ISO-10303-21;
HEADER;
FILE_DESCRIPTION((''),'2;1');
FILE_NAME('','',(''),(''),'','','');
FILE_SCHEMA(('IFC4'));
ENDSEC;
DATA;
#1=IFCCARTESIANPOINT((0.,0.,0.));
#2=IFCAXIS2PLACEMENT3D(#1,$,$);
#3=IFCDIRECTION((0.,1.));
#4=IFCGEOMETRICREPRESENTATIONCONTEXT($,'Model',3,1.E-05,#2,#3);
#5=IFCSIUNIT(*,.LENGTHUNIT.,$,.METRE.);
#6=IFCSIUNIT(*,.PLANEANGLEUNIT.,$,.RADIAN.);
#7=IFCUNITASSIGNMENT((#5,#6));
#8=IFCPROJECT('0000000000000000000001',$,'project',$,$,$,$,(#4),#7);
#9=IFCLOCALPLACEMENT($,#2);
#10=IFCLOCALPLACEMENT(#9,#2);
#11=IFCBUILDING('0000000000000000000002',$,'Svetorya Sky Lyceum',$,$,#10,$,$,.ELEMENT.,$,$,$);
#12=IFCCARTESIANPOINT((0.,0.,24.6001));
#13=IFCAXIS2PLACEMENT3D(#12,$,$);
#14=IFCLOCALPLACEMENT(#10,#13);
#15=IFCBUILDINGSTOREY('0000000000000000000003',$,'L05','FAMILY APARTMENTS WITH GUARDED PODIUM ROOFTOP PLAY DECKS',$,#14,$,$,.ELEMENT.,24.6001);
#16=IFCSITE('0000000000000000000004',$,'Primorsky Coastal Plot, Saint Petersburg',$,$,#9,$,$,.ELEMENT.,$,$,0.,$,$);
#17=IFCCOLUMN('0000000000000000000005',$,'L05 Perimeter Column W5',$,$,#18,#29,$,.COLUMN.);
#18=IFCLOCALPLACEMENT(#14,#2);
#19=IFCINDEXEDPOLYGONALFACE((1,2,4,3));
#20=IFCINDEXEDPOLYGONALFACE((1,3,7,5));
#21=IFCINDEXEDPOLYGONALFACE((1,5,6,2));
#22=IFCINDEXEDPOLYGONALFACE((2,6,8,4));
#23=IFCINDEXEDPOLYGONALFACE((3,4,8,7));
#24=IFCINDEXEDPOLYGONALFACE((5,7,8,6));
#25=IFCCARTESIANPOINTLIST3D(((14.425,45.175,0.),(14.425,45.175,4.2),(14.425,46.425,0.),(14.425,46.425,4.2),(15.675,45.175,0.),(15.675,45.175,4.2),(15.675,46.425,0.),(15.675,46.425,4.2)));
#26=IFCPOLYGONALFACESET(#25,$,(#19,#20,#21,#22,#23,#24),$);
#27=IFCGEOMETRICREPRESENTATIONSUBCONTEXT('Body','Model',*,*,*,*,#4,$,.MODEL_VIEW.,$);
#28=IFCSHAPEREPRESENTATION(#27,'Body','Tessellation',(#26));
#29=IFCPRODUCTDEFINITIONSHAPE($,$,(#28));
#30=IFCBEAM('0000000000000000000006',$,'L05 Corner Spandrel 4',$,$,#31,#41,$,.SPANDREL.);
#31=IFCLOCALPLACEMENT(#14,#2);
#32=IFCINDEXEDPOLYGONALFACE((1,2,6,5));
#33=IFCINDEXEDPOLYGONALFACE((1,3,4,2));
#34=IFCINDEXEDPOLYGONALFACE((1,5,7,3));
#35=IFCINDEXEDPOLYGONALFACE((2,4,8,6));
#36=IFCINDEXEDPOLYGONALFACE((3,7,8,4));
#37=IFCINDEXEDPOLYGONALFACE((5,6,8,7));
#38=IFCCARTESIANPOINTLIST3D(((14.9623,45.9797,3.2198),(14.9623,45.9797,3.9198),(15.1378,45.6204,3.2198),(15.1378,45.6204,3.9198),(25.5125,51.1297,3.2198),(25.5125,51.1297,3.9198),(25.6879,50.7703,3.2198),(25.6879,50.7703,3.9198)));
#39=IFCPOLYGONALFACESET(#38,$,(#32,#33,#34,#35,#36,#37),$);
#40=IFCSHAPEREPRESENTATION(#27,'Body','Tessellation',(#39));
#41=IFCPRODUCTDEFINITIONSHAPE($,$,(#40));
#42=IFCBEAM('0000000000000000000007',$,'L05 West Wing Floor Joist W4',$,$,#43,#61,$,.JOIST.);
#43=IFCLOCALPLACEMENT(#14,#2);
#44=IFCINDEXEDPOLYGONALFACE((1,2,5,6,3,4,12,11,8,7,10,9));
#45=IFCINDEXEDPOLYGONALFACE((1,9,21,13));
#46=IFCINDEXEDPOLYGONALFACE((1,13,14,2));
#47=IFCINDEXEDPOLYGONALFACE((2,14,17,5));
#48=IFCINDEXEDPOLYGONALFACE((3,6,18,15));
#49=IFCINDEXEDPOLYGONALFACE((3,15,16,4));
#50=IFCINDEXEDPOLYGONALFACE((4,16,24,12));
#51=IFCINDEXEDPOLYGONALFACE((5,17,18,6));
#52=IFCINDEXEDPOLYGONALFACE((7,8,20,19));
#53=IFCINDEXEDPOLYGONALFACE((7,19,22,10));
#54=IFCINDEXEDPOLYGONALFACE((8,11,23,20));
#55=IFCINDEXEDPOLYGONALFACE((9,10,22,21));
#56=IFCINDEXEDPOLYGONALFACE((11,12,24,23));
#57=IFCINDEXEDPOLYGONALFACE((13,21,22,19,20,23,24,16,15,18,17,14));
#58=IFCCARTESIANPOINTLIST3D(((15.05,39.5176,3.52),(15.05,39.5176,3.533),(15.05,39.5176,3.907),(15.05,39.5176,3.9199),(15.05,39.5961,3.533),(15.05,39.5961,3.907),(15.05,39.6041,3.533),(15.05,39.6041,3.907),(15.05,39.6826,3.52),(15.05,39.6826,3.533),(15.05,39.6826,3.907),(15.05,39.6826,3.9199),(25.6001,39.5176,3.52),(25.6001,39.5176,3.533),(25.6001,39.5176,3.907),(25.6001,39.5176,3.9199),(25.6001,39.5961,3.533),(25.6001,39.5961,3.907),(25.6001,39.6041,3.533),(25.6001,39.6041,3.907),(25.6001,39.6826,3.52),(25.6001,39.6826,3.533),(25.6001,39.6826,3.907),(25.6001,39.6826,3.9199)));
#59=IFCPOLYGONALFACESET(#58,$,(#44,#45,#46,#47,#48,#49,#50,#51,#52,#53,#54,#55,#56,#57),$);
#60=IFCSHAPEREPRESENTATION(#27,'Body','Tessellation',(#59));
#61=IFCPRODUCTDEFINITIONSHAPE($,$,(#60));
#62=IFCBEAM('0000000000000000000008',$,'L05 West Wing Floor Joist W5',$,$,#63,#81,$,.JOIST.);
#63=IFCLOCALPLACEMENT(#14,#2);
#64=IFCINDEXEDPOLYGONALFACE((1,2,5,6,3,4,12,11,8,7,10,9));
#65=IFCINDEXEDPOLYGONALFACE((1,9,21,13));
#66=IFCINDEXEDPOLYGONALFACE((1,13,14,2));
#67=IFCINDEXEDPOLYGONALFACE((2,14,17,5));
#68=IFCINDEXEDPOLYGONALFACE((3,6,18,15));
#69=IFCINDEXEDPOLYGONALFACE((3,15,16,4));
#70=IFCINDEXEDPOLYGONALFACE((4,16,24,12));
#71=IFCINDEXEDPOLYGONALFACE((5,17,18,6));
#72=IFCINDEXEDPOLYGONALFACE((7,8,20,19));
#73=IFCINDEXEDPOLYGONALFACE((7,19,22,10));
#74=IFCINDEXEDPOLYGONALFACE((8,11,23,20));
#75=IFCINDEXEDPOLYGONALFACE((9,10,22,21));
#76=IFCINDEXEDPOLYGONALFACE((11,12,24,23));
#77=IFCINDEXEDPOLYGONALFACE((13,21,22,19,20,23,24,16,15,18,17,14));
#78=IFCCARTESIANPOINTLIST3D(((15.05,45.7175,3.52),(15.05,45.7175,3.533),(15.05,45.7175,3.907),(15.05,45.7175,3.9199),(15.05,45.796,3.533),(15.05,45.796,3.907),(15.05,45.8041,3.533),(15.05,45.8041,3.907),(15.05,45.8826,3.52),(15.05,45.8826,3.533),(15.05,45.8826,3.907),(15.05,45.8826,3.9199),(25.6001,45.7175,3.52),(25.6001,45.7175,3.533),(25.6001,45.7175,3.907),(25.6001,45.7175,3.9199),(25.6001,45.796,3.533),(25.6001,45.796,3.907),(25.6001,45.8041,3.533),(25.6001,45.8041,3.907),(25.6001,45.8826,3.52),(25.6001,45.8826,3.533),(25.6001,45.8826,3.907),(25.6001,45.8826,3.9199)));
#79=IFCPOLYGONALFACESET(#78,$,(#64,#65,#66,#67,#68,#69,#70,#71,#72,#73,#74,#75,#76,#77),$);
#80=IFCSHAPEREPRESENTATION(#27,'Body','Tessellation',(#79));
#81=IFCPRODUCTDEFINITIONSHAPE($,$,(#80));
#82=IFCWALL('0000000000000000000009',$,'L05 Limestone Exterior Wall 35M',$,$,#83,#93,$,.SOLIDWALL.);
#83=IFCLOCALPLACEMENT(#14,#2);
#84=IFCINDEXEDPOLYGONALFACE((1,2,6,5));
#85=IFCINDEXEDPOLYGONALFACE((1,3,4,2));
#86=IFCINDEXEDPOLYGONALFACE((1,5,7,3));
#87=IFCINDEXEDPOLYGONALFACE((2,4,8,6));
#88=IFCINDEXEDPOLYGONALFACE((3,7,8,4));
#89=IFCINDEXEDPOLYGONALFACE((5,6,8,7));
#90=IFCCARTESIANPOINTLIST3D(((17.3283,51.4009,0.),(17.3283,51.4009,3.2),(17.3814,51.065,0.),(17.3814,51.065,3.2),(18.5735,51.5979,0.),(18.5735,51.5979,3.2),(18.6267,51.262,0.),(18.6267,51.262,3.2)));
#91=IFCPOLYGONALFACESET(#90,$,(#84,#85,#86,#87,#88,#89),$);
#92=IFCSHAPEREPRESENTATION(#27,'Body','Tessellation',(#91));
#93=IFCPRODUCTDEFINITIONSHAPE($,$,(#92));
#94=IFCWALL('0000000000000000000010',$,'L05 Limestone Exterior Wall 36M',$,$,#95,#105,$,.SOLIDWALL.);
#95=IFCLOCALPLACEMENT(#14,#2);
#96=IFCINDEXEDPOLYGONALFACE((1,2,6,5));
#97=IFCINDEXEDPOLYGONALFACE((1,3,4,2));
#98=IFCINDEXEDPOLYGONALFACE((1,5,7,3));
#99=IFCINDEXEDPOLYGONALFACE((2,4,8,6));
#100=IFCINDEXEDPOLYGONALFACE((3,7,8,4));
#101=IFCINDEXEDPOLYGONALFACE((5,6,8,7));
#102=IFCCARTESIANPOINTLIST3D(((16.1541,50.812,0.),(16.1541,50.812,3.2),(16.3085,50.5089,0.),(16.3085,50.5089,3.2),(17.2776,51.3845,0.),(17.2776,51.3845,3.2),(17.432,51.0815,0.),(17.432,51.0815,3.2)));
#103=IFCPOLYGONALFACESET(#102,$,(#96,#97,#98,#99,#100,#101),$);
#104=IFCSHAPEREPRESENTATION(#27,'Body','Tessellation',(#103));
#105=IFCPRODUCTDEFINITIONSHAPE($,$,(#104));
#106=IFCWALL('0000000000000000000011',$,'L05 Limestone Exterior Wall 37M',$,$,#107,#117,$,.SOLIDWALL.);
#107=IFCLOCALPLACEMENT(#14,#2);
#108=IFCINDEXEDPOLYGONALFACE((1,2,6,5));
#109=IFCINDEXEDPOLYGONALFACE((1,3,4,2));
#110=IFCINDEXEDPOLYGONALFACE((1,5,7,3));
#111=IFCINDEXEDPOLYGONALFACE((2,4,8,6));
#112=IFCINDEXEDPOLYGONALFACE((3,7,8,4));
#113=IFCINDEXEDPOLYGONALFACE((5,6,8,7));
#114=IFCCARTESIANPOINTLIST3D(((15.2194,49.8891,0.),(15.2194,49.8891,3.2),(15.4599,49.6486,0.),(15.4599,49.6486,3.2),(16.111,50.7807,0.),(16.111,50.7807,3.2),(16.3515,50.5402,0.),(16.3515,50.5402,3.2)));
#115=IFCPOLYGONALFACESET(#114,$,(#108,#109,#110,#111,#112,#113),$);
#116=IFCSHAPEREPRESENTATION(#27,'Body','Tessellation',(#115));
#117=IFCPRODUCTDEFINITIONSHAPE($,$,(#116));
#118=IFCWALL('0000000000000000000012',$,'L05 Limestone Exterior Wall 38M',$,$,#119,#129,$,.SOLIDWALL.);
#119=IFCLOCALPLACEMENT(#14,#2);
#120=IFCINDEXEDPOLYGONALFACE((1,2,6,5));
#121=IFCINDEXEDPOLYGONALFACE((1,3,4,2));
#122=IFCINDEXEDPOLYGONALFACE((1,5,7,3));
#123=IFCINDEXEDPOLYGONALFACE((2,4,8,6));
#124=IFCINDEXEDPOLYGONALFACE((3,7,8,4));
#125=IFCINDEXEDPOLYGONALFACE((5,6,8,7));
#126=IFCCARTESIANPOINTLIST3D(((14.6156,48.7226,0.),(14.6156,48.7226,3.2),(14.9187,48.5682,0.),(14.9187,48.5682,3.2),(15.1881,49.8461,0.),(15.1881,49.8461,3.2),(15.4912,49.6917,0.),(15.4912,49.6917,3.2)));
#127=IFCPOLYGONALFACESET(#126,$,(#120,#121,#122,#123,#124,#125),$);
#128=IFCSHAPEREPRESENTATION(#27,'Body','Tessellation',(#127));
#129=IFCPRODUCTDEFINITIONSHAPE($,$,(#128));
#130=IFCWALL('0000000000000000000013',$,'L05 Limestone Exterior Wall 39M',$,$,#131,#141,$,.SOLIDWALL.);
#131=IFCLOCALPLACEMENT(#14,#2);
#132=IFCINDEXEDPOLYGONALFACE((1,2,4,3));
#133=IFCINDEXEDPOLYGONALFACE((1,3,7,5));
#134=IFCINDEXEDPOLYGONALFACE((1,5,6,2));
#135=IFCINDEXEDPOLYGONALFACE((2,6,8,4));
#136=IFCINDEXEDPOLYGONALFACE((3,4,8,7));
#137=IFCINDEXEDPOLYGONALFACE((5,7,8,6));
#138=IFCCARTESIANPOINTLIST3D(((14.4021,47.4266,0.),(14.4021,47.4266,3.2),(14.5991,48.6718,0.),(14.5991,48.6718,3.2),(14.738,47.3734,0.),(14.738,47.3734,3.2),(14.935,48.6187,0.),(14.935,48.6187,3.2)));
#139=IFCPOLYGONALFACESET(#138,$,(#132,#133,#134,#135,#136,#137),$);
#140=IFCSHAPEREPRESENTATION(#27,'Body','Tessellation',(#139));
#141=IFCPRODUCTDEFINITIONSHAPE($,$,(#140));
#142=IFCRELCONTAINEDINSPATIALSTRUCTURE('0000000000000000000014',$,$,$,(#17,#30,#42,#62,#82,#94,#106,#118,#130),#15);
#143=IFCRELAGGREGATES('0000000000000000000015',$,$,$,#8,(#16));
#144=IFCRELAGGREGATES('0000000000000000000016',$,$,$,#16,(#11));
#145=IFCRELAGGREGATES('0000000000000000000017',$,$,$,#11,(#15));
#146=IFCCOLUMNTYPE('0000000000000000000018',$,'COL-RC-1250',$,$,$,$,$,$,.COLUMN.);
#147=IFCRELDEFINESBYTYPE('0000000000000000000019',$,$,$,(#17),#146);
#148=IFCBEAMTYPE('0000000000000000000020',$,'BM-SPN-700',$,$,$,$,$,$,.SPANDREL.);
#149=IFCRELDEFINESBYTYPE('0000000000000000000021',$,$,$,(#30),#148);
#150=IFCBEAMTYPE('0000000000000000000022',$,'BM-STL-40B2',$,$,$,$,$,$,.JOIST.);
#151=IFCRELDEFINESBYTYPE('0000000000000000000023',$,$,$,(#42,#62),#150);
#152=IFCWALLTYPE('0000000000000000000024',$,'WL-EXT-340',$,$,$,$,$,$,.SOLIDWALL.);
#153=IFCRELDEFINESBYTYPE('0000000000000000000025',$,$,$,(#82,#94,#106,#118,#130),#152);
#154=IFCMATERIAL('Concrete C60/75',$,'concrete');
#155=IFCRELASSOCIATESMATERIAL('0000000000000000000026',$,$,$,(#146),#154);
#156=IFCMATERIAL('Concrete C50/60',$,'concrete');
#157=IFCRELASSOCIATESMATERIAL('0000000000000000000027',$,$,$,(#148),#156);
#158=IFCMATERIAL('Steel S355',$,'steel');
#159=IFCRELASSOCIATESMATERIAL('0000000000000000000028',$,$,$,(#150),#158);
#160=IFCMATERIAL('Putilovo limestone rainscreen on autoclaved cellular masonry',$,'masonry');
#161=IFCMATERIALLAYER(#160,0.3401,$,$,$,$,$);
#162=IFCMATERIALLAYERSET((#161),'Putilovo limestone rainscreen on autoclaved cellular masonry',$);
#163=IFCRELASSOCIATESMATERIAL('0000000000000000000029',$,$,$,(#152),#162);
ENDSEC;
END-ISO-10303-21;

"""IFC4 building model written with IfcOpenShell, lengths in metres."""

from ifc_helpers import new_model, si_unit, direction, frame, frame_2d, origin, origin_2d, place, context, subcontext, project, spatial, rectangle, i_section, extrude, material, layer, layer_set, material_profile, profile_set, type_object, element, save


model = new_model("IFC4")

# Units and contexts
model_context = context("Model", 3, precision=1e-05, world=origin(), true_north=direction((0.0, 1.0)))
body_context = subcontext(model_context, "Body", "Model", "MODEL_VIEW")
ifc_project = project(units=[si_unit("LENGTHUNIT", "METRE"), si_unit("PLANEANGLEUNIT", "RADIAN")], contexts=[model_context])

# Site, building, storey
site_placement = place(None, origin())
site = spatial("IfcSite", under=ifc_project, at=site_placement, Name="Primorsky Coastal Plot, Saint Petersburg", CompositionType="ELEMENT", RefElevation=0.0)
building_placement = place(site_placement, origin())
building = spatial("IfcBuilding", under=site, at=building_placement, Name="Svetorya Sky Lyceum", CompositionType="ELEMENT")
storey_placement = place(building_placement, frame((0.0, 0.0, 24.6001)))
storey = spatial("IfcBuildingStorey", under=building, at=storey_placement, Name="L05", Description="FAMILY APARTMENTS WITH GUARDED PODIUM ROOFTOP PLAY DECKS", CompositionType="ELEMENT", Elevation=24.6001)

# Column
ifc_material_1 = material(Name="Concrete C60/75", Category="concrete")
ifc_material_profile_1 = material_profile(ifc_material_1, rectangle(XDim=1.25, YDim=1.25, at=origin_2d()), Name="RC COL 1250x1250")
ifc_profile_set_1 = profile_set([ifc_material_profile_1], Name="Concrete C60/75")
column_type = type_object("IfcColumnType", Name="COL-RC-1250", PredefinedType="COLUMN", material=ifc_profile_set_1)
column_placement = place(storey_placement, frame((15.05, 45.8, 0.0), z_axis=(0.0, 0.0, 1.0), x_axis=(1.0, 0.0, 0.0)))
element("IfcColumn", 1, at=column_placement, inside=storey, type_object=column_type, Name="L05 Perimeter Column W5", PredefinedType="COLUMN", context=body_context, shape_type="SweptSolid", body=[
    extrude(rectangle(XDim=1.25, YDim=1.25, at=origin_2d()), origin(), (0.0, 0.0, 1.0), 4.2),
])

# Beams
ifc_material_2 = material(Name="Concrete C50/60", Category="concrete")
ifc_material_profile_2 = material_profile(ifc_material_2, rectangle(XDim=0.3999, YDim=0.7, at=origin_2d()), Name="RC SPANDREL 400x700")
ifc_profile_set_2 = profile_set([ifc_material_profile_2], Name="Concrete C50/60")
beam_type_1 = type_object("IfcBeamType", Name="BM-SPN-700", PredefinedType="SPANDREL", material=ifc_profile_set_2)
beam_placement = place(storey_placement, frame((15.05, 45.8, 3.5698), z_axis=(0.89865, 0.438667, 0.0), x_axis=(-0.438667, 0.89865, 0.0)))
element("IfcBeam", 2, at=beam_placement, inside=storey, type_object=beam_type_1, Name="L05 Corner Spandrel 4", PredefinedType="SPANDREL", context=body_context, shape_type="SweptSolid", body=[
    extrude(rectangle(XDim=0.3999, YDim=0.7, at=origin_2d()), origin(), (0.0, 0.0, 1.0), 11.74),
])
ifc_material_3 = material(Name="Steel S355", Category="steel")
ifc_material_profile_3 = material_profile(ifc_material_3, i_section(OverallWidth=0.165, OverallDepth=0.3999, WebThickness=0.0081, FlangeThickness=0.0129, at=origin_2d()), Name="GOST 40B2")
ifc_profile_set_3 = profile_set([ifc_material_profile_3], Name="Steel S355")
beam_type_2 = type_object("IfcBeamType", Name="BM-STL-40B2", PredefinedType="JOIST", material=ifc_profile_set_3)
for number, where, z_axis, x_axis, name in (
    (3, (15.05, 39.6001, 3.72), (1.0, 0.0, 0.0), (0.0, 1.0, 0.0), "L05 West Wing Floor Joist W4"),
    (4, (15.05, 45.8, 3.72), (1.0, 0.0, 0.0), (0.0, 1.0, 0.0), "L05 West Wing Floor Joist W5"),
):
    element("IfcBeam", number, at=place(storey_placement, frame(where, z_axis=z_axis, x_axis=x_axis)), inside=storey, type_object=beam_type_2, Name=name, PredefinedType="JOIST", context=body_context, shape_type="SweptSolid", body=[
        extrude(i_section(OverallWidth=0.165, OverallDepth=0.3999, WebThickness=0.0081, FlangeThickness=0.0129, at=origin_2d()), origin(), (0.0, 0.0, 1.0), 10.55),
    ])

# Walls
ifc_material_4 = material(Name="Putilovo limestone rainscreen on autoclaved cellular masonry", Category="masonry")
ifc_layer_1 = layer(ifc_material_4, 0.3401)
ifc_layer_set_1 = layer_set([ifc_layer_1], Name="Putilovo limestone rainscreen on autoclaved cellular masonry")
wall_type_1 = type_object("IfcWallType", Name="WL-EXT-340", PredefinedType="SOLIDWALL", material=ifc_layer_set_1)
wall_1_placement = place(storey_placement, frame((18.6001, 51.4299, 0.0), z_axis=(0.0, 0.0, 1.0), x_axis=(-0.987716, -0.156261, 0.0)))
element("IfcWall", 5, at=wall_1_placement, inside=storey, type_object=wall_type_1, Name="L05 Limestone Exterior Wall 35M", PredefinedType="SOLIDWALL", context=body_context, shape_type="SweptSolid", body=[
    extrude(rectangle(XDim=1.2607, YDim=0.3401, at=frame_2d((0.6304, 0.0))), origin(), (0.0, 0.0, 1.0), 3.2),
])
for number, where, z_axis, x_axis, name in (
    (6, (17.3547, 51.2329, 0.0), (0.0, 0.0, 1.0), (-0.890994, -0.454016, 0.0), "L05 Limestone Exterior Wall 36M"),
    (7, (16.2312, 50.6604, 0.0), (0.0, 0.0, 1.0), (-0.707107, -0.707107, 0.0), "L05 Limestone Exterior Wall 37M"),
    (8, (15.3396, 49.7688, 0.0), (0.0, 0.0, 1.0), (-0.454016, -0.890994, 0.0), "L05 Limestone Exterior Wall 38M"),
):
    element("IfcWall", number, at=place(storey_placement, frame(where, z_axis=z_axis, x_axis=x_axis)), inside=storey, type_object=wall_type_1, Name=name, PredefinedType="SOLIDWALL", context=body_context, shape_type="SweptSolid", body=[
        extrude(rectangle(XDim=1.261, YDim=0.3401, at=frame_2d((0.6304, 0.0))), origin(), (0.0, 0.0, 1.0), 3.2),
    ])
wall_2_placement = place(storey_placement, frame((14.7671, 48.6453, 0.0), z_axis=(0.0, 0.0, 1.0), x_axis=(-0.156261, -0.987716, 0.0)))
element("IfcWall", 9, at=wall_2_placement, inside=storey, type_object=wall_type_1, Name="L05 Limestone Exterior Wall 39M", PredefinedType="SOLIDWALL", context=body_context, shape_type="SweptSolid", body=[
    extrude(rectangle(XDim=1.2607, YDim=0.3401, at=frame_2d((0.6304, 0.0))), origin(), (0.0, 0.0, 1.0), 3.2),
])

save(model, "model.ifc")
